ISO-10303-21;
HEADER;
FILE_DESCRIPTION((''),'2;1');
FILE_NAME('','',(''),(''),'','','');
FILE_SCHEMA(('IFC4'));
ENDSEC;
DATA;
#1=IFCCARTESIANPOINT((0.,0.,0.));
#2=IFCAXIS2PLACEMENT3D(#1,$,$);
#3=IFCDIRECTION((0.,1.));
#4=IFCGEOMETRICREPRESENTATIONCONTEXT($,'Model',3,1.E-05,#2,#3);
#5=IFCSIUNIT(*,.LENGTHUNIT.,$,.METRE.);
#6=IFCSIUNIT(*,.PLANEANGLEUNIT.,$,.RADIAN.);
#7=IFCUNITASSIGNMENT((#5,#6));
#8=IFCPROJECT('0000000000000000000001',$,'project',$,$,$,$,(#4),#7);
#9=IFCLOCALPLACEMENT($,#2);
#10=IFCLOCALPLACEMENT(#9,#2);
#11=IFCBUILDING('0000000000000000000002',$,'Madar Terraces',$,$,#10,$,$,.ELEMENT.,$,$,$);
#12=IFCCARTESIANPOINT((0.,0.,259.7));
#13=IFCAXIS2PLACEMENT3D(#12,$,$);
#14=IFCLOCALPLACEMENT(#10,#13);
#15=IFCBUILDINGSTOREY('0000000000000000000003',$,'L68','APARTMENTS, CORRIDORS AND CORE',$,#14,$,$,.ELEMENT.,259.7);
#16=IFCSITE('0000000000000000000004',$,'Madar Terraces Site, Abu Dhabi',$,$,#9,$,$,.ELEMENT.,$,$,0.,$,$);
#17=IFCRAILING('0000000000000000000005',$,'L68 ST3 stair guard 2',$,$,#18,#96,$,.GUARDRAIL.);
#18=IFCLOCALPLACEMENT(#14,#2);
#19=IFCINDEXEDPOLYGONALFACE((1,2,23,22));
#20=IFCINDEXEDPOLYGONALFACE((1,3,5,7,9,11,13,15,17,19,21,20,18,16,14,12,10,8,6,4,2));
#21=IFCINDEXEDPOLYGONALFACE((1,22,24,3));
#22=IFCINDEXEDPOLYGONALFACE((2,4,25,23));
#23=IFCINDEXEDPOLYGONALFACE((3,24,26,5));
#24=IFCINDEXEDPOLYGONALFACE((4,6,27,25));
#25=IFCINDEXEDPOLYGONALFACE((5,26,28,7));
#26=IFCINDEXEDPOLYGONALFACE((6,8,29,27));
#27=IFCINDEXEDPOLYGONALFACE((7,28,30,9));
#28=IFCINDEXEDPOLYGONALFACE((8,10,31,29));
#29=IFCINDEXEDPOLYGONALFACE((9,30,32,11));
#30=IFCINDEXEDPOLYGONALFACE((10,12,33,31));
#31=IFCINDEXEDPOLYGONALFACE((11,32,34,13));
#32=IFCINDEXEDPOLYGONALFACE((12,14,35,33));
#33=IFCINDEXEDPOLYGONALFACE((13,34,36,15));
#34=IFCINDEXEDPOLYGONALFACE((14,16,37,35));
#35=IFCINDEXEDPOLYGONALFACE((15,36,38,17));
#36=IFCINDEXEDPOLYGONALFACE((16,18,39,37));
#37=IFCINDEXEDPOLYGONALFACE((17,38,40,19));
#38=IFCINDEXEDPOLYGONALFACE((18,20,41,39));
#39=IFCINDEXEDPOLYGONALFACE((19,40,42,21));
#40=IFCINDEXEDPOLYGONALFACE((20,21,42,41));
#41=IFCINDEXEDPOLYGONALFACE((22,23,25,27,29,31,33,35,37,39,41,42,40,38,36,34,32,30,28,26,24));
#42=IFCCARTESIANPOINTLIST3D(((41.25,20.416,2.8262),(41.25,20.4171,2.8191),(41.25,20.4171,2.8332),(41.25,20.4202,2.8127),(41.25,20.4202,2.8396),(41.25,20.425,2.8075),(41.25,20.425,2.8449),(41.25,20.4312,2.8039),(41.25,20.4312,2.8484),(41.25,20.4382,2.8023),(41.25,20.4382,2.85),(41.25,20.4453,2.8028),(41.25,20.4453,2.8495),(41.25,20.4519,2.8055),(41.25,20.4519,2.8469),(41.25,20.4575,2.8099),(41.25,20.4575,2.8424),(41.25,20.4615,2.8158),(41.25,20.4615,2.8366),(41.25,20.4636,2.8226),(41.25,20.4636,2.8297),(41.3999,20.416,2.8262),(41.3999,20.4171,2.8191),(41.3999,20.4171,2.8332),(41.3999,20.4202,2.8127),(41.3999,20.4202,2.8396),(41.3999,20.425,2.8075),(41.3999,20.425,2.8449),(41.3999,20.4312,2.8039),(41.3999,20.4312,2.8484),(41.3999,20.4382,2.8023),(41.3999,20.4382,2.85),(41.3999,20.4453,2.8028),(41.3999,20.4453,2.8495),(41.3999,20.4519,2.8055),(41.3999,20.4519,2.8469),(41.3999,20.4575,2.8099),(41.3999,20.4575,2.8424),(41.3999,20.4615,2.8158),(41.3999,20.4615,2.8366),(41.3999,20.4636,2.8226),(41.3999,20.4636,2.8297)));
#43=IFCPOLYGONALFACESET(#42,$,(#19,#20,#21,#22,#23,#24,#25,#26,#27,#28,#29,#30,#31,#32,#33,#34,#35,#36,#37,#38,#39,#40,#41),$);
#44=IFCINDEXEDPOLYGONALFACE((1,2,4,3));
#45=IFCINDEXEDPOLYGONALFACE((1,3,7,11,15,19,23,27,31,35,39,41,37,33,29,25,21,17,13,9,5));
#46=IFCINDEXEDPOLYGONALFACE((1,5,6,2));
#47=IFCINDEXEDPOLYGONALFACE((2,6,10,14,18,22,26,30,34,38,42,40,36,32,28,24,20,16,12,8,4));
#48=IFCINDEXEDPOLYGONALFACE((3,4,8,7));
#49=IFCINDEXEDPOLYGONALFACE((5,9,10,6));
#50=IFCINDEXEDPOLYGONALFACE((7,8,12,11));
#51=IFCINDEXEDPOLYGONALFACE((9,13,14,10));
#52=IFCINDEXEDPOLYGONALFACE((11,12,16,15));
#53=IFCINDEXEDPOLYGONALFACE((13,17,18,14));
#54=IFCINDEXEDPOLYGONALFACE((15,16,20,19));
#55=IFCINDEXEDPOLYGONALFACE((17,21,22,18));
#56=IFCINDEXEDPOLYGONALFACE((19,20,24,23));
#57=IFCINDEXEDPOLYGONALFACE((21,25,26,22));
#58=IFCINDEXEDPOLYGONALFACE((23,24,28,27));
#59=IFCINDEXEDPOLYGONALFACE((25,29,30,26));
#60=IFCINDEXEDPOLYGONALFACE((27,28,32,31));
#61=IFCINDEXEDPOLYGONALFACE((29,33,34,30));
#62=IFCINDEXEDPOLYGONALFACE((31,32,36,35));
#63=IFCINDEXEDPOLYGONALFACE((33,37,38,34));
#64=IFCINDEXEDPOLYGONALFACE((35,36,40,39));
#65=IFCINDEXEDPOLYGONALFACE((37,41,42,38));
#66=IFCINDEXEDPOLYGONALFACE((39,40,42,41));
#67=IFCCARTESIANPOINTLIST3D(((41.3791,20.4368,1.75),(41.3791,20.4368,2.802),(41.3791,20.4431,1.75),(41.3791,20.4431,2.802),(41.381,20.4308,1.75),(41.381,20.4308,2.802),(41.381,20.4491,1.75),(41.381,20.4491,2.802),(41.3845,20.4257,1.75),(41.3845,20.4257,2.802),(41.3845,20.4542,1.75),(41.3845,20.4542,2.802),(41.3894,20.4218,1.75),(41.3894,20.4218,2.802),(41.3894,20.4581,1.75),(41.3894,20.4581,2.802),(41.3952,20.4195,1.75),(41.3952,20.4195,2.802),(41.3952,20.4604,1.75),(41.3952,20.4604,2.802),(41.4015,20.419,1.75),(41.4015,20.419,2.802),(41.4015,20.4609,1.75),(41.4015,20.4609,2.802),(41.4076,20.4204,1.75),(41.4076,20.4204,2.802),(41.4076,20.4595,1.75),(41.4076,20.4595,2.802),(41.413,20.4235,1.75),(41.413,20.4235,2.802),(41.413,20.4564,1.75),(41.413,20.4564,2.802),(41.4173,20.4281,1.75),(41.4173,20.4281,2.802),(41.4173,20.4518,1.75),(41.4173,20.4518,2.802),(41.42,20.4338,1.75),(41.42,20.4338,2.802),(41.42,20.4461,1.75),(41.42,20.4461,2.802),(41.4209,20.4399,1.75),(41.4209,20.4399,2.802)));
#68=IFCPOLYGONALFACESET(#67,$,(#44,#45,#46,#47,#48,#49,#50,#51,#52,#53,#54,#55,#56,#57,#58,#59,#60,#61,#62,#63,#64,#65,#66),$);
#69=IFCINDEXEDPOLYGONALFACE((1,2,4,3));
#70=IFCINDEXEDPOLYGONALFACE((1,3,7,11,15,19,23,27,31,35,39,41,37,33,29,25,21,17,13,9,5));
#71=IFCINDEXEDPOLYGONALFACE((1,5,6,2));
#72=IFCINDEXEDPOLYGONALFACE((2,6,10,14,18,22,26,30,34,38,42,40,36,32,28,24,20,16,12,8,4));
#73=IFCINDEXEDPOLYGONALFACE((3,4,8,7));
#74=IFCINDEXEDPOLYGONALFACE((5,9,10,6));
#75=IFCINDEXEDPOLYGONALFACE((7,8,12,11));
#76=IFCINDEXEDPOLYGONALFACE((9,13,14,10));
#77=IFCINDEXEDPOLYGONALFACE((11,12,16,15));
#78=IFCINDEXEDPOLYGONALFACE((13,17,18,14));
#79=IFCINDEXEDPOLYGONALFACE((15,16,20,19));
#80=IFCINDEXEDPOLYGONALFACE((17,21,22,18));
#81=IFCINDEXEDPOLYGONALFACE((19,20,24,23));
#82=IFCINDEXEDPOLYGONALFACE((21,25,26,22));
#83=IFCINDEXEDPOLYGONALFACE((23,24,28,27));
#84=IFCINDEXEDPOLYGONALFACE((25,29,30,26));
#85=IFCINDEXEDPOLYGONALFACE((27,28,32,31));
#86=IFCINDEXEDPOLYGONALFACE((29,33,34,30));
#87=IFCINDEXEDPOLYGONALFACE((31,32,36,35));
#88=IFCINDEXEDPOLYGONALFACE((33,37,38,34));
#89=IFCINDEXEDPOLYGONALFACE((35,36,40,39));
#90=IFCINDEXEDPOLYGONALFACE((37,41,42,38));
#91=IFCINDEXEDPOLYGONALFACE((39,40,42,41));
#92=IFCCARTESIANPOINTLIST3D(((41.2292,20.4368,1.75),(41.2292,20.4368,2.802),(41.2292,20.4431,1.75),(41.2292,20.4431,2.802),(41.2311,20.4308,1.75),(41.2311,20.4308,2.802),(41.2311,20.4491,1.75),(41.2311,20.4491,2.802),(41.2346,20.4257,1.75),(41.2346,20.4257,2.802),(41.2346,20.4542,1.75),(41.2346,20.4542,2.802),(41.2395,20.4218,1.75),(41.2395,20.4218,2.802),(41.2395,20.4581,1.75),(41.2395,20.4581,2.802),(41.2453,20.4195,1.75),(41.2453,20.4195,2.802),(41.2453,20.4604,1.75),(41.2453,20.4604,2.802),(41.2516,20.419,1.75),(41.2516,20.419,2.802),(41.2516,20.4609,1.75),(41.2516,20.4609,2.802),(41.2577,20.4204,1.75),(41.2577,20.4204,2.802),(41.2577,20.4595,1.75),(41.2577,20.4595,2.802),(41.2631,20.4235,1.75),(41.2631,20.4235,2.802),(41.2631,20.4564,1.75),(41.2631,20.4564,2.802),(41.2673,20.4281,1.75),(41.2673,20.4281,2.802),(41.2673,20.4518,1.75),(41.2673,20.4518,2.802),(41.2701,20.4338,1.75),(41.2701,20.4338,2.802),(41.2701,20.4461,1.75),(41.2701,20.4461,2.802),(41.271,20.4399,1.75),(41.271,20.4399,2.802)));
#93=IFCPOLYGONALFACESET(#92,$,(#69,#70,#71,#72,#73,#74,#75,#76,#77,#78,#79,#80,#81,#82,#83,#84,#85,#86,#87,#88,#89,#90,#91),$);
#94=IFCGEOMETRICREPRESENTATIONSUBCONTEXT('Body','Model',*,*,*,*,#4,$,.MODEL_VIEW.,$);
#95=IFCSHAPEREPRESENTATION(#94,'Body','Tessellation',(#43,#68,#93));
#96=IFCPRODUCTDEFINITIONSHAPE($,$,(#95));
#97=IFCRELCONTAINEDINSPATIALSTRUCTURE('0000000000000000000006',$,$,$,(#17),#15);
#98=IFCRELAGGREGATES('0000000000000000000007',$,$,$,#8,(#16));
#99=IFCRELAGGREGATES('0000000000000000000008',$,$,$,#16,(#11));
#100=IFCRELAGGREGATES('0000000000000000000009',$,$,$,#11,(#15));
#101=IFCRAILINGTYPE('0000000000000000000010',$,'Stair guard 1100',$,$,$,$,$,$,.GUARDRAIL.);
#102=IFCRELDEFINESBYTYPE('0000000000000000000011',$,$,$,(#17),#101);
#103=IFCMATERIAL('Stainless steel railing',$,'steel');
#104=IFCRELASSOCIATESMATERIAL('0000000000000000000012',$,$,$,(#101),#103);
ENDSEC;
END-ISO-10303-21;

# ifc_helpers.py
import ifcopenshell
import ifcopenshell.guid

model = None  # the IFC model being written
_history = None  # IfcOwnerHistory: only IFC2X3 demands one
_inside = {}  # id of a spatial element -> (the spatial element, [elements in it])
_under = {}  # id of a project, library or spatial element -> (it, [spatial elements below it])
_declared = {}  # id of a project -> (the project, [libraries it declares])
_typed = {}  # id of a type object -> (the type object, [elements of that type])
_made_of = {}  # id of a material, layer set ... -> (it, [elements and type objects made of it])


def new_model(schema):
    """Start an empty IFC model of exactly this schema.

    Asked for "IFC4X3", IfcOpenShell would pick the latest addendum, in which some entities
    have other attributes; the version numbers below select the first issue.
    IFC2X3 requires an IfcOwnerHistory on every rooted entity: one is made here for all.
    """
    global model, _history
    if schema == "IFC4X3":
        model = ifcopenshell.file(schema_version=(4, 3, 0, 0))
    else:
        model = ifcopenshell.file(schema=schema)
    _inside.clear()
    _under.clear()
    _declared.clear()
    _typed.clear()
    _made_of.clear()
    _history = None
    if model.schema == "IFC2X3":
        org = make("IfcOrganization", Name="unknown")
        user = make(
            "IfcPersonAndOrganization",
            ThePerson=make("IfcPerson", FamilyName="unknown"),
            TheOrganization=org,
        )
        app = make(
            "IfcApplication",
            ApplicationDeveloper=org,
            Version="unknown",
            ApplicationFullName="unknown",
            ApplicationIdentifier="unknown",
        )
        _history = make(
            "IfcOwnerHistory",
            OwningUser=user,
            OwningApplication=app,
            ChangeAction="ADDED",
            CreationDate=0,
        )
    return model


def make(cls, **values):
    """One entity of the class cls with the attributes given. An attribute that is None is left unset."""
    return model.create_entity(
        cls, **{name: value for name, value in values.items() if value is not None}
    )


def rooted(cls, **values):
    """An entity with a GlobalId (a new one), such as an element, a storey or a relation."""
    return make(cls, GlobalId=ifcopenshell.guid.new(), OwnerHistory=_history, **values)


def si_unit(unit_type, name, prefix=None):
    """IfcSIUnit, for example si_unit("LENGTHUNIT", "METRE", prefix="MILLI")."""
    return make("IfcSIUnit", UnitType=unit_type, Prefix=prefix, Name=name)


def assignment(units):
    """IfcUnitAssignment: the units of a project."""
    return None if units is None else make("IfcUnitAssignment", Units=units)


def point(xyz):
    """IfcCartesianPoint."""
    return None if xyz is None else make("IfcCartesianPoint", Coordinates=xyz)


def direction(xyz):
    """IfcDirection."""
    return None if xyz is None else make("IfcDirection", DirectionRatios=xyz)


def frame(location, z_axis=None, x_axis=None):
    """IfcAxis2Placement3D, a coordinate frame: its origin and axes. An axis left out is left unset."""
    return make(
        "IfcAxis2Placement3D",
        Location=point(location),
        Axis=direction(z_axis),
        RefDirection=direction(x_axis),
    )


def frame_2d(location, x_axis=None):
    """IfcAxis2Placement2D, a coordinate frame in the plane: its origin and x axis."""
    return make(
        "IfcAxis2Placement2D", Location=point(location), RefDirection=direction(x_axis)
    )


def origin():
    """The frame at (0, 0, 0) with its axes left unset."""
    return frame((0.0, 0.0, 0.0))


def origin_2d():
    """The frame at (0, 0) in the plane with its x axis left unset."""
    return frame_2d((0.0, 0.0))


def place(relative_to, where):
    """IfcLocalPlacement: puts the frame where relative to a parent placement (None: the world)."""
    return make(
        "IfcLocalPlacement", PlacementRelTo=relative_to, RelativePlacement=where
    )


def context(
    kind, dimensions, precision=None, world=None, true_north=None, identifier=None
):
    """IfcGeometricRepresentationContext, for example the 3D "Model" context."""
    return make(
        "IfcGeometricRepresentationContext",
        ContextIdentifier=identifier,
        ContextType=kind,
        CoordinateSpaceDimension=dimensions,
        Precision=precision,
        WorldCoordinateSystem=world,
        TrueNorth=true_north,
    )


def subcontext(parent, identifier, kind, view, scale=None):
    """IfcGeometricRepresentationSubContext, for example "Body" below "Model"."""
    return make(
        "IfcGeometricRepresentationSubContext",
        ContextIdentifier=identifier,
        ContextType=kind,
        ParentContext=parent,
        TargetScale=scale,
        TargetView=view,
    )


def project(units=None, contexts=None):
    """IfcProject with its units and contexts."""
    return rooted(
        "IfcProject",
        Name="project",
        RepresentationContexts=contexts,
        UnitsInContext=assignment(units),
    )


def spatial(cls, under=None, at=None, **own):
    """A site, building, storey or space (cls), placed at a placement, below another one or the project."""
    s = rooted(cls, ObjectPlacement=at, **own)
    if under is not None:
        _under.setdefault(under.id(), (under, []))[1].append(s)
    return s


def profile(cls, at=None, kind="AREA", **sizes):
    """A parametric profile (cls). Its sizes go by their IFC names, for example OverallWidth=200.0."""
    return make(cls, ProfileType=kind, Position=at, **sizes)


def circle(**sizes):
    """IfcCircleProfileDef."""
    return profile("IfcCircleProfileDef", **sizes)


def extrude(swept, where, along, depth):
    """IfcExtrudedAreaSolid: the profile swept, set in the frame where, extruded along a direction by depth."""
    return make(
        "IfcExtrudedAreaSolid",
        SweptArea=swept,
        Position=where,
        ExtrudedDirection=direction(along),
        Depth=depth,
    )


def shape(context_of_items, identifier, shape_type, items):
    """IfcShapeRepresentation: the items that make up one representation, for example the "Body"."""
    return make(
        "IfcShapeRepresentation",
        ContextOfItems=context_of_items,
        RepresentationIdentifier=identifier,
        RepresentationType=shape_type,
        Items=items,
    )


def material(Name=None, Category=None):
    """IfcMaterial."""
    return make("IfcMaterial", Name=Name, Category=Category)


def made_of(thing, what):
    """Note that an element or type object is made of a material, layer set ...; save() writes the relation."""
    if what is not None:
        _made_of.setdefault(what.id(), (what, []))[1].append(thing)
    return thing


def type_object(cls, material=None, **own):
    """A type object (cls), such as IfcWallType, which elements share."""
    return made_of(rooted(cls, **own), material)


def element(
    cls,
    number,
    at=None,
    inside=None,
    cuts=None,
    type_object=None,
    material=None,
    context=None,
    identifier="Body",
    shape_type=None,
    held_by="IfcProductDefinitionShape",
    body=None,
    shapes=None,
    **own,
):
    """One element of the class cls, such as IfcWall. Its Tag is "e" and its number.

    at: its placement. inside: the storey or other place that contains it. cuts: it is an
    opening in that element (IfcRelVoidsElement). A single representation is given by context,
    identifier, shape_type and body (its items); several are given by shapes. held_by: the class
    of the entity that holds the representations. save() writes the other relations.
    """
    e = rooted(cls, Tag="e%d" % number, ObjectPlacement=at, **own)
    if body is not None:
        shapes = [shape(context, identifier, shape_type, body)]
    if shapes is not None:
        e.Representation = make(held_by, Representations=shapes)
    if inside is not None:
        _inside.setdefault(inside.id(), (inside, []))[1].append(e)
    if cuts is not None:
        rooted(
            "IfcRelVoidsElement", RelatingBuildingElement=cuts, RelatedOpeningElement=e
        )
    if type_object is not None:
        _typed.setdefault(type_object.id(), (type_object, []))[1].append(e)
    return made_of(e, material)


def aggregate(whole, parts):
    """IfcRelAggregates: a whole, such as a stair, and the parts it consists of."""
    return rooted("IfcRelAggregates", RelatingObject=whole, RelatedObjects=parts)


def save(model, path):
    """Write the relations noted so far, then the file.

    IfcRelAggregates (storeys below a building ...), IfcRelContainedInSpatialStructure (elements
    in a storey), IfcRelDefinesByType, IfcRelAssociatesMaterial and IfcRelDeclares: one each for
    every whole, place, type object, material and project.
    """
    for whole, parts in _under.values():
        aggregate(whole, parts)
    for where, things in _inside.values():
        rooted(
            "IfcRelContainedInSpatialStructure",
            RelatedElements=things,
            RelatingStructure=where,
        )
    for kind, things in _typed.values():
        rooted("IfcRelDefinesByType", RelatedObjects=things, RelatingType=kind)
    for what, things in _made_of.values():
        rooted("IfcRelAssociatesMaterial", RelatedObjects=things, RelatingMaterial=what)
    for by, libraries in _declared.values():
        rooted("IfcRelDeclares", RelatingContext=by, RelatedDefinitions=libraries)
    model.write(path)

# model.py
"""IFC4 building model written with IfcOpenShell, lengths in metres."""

from ifc_helpers import new_model, si_unit, direction, frame, origin, origin_2d, place, context, subcontext, project, spatial, circle, extrude, material, type_object, element, save


model = new_model("IFC4")

# Units and contexts
model_context = context("Model", 3, precision=1e-05, world=origin(), true_north=direction((0.0, 1.0)))
body_context = subcontext(model_context, "Body", "Model", "MODEL_VIEW")
ifc_project = project(units=[si_unit("LENGTHUNIT", "METRE"), si_unit("PLANEANGLEUNIT", "RADIAN")], contexts=[model_context])

# Site, building, storey
site_placement = place(None, origin())
site = spatial("IfcSite", under=ifc_project, at=site_placement, Name="Madar Terraces Site, Abu Dhabi", CompositionType="ELEMENT", RefElevation=0.0)
building_placement = place(site_placement, origin())
building = spatial("IfcBuilding", under=site, at=building_placement, Name="Madar Terraces", CompositionType="ELEMENT")
storey_placement = place(building_placement, frame((0.0, 0.0, 259.7)))
storey = spatial("IfcBuildingStorey", under=building, at=storey_placement, Name="L68", Description="APARTMENTS, CORRIDORS AND CORE", CompositionType="ELEMENT", Elevation=259.7)

# Railing
ifc_material_1 = material(Name="Stainless steel railing", Category="steel")
railing_type_1 = type_object("IfcRailingType", Name="Stair guard 1100", PredefinedType="GUARDRAIL", material=ifc_material_1)
railing_1_placement = place(storey_placement, frame((41.3999, 20.4399, 1.75)))
element("IfcRailing", 1, at=railing_1_placement, inside=storey, type_object=railing_type_1, Name="L68 ST3 stair guard 2", PredefinedType="GUARDRAIL", context=body_context, shape_type="SweptSolid", body=[
    extrude(circle(Radius=0.0239, at=origin_2d()), frame((0.0, 0.0, 1.0762), z_axis=(-1.0, 0.0, 0.0), x_axis=(0.0, -1.0, 0.0)), (0.0, 0.0, 1.0), 0.1499),
    extrude(circle(Radius=0.021, at=origin_2d()), origin(), (0.0, 0.0, 1.0), 1.052),
    extrude(circle(Radius=0.021, at=origin_2d()), frame((-0.1499, 0.0, 0.0)), (0.0, 0.0, 1.0), 1.052),
])

save(model, "model.ifc")
